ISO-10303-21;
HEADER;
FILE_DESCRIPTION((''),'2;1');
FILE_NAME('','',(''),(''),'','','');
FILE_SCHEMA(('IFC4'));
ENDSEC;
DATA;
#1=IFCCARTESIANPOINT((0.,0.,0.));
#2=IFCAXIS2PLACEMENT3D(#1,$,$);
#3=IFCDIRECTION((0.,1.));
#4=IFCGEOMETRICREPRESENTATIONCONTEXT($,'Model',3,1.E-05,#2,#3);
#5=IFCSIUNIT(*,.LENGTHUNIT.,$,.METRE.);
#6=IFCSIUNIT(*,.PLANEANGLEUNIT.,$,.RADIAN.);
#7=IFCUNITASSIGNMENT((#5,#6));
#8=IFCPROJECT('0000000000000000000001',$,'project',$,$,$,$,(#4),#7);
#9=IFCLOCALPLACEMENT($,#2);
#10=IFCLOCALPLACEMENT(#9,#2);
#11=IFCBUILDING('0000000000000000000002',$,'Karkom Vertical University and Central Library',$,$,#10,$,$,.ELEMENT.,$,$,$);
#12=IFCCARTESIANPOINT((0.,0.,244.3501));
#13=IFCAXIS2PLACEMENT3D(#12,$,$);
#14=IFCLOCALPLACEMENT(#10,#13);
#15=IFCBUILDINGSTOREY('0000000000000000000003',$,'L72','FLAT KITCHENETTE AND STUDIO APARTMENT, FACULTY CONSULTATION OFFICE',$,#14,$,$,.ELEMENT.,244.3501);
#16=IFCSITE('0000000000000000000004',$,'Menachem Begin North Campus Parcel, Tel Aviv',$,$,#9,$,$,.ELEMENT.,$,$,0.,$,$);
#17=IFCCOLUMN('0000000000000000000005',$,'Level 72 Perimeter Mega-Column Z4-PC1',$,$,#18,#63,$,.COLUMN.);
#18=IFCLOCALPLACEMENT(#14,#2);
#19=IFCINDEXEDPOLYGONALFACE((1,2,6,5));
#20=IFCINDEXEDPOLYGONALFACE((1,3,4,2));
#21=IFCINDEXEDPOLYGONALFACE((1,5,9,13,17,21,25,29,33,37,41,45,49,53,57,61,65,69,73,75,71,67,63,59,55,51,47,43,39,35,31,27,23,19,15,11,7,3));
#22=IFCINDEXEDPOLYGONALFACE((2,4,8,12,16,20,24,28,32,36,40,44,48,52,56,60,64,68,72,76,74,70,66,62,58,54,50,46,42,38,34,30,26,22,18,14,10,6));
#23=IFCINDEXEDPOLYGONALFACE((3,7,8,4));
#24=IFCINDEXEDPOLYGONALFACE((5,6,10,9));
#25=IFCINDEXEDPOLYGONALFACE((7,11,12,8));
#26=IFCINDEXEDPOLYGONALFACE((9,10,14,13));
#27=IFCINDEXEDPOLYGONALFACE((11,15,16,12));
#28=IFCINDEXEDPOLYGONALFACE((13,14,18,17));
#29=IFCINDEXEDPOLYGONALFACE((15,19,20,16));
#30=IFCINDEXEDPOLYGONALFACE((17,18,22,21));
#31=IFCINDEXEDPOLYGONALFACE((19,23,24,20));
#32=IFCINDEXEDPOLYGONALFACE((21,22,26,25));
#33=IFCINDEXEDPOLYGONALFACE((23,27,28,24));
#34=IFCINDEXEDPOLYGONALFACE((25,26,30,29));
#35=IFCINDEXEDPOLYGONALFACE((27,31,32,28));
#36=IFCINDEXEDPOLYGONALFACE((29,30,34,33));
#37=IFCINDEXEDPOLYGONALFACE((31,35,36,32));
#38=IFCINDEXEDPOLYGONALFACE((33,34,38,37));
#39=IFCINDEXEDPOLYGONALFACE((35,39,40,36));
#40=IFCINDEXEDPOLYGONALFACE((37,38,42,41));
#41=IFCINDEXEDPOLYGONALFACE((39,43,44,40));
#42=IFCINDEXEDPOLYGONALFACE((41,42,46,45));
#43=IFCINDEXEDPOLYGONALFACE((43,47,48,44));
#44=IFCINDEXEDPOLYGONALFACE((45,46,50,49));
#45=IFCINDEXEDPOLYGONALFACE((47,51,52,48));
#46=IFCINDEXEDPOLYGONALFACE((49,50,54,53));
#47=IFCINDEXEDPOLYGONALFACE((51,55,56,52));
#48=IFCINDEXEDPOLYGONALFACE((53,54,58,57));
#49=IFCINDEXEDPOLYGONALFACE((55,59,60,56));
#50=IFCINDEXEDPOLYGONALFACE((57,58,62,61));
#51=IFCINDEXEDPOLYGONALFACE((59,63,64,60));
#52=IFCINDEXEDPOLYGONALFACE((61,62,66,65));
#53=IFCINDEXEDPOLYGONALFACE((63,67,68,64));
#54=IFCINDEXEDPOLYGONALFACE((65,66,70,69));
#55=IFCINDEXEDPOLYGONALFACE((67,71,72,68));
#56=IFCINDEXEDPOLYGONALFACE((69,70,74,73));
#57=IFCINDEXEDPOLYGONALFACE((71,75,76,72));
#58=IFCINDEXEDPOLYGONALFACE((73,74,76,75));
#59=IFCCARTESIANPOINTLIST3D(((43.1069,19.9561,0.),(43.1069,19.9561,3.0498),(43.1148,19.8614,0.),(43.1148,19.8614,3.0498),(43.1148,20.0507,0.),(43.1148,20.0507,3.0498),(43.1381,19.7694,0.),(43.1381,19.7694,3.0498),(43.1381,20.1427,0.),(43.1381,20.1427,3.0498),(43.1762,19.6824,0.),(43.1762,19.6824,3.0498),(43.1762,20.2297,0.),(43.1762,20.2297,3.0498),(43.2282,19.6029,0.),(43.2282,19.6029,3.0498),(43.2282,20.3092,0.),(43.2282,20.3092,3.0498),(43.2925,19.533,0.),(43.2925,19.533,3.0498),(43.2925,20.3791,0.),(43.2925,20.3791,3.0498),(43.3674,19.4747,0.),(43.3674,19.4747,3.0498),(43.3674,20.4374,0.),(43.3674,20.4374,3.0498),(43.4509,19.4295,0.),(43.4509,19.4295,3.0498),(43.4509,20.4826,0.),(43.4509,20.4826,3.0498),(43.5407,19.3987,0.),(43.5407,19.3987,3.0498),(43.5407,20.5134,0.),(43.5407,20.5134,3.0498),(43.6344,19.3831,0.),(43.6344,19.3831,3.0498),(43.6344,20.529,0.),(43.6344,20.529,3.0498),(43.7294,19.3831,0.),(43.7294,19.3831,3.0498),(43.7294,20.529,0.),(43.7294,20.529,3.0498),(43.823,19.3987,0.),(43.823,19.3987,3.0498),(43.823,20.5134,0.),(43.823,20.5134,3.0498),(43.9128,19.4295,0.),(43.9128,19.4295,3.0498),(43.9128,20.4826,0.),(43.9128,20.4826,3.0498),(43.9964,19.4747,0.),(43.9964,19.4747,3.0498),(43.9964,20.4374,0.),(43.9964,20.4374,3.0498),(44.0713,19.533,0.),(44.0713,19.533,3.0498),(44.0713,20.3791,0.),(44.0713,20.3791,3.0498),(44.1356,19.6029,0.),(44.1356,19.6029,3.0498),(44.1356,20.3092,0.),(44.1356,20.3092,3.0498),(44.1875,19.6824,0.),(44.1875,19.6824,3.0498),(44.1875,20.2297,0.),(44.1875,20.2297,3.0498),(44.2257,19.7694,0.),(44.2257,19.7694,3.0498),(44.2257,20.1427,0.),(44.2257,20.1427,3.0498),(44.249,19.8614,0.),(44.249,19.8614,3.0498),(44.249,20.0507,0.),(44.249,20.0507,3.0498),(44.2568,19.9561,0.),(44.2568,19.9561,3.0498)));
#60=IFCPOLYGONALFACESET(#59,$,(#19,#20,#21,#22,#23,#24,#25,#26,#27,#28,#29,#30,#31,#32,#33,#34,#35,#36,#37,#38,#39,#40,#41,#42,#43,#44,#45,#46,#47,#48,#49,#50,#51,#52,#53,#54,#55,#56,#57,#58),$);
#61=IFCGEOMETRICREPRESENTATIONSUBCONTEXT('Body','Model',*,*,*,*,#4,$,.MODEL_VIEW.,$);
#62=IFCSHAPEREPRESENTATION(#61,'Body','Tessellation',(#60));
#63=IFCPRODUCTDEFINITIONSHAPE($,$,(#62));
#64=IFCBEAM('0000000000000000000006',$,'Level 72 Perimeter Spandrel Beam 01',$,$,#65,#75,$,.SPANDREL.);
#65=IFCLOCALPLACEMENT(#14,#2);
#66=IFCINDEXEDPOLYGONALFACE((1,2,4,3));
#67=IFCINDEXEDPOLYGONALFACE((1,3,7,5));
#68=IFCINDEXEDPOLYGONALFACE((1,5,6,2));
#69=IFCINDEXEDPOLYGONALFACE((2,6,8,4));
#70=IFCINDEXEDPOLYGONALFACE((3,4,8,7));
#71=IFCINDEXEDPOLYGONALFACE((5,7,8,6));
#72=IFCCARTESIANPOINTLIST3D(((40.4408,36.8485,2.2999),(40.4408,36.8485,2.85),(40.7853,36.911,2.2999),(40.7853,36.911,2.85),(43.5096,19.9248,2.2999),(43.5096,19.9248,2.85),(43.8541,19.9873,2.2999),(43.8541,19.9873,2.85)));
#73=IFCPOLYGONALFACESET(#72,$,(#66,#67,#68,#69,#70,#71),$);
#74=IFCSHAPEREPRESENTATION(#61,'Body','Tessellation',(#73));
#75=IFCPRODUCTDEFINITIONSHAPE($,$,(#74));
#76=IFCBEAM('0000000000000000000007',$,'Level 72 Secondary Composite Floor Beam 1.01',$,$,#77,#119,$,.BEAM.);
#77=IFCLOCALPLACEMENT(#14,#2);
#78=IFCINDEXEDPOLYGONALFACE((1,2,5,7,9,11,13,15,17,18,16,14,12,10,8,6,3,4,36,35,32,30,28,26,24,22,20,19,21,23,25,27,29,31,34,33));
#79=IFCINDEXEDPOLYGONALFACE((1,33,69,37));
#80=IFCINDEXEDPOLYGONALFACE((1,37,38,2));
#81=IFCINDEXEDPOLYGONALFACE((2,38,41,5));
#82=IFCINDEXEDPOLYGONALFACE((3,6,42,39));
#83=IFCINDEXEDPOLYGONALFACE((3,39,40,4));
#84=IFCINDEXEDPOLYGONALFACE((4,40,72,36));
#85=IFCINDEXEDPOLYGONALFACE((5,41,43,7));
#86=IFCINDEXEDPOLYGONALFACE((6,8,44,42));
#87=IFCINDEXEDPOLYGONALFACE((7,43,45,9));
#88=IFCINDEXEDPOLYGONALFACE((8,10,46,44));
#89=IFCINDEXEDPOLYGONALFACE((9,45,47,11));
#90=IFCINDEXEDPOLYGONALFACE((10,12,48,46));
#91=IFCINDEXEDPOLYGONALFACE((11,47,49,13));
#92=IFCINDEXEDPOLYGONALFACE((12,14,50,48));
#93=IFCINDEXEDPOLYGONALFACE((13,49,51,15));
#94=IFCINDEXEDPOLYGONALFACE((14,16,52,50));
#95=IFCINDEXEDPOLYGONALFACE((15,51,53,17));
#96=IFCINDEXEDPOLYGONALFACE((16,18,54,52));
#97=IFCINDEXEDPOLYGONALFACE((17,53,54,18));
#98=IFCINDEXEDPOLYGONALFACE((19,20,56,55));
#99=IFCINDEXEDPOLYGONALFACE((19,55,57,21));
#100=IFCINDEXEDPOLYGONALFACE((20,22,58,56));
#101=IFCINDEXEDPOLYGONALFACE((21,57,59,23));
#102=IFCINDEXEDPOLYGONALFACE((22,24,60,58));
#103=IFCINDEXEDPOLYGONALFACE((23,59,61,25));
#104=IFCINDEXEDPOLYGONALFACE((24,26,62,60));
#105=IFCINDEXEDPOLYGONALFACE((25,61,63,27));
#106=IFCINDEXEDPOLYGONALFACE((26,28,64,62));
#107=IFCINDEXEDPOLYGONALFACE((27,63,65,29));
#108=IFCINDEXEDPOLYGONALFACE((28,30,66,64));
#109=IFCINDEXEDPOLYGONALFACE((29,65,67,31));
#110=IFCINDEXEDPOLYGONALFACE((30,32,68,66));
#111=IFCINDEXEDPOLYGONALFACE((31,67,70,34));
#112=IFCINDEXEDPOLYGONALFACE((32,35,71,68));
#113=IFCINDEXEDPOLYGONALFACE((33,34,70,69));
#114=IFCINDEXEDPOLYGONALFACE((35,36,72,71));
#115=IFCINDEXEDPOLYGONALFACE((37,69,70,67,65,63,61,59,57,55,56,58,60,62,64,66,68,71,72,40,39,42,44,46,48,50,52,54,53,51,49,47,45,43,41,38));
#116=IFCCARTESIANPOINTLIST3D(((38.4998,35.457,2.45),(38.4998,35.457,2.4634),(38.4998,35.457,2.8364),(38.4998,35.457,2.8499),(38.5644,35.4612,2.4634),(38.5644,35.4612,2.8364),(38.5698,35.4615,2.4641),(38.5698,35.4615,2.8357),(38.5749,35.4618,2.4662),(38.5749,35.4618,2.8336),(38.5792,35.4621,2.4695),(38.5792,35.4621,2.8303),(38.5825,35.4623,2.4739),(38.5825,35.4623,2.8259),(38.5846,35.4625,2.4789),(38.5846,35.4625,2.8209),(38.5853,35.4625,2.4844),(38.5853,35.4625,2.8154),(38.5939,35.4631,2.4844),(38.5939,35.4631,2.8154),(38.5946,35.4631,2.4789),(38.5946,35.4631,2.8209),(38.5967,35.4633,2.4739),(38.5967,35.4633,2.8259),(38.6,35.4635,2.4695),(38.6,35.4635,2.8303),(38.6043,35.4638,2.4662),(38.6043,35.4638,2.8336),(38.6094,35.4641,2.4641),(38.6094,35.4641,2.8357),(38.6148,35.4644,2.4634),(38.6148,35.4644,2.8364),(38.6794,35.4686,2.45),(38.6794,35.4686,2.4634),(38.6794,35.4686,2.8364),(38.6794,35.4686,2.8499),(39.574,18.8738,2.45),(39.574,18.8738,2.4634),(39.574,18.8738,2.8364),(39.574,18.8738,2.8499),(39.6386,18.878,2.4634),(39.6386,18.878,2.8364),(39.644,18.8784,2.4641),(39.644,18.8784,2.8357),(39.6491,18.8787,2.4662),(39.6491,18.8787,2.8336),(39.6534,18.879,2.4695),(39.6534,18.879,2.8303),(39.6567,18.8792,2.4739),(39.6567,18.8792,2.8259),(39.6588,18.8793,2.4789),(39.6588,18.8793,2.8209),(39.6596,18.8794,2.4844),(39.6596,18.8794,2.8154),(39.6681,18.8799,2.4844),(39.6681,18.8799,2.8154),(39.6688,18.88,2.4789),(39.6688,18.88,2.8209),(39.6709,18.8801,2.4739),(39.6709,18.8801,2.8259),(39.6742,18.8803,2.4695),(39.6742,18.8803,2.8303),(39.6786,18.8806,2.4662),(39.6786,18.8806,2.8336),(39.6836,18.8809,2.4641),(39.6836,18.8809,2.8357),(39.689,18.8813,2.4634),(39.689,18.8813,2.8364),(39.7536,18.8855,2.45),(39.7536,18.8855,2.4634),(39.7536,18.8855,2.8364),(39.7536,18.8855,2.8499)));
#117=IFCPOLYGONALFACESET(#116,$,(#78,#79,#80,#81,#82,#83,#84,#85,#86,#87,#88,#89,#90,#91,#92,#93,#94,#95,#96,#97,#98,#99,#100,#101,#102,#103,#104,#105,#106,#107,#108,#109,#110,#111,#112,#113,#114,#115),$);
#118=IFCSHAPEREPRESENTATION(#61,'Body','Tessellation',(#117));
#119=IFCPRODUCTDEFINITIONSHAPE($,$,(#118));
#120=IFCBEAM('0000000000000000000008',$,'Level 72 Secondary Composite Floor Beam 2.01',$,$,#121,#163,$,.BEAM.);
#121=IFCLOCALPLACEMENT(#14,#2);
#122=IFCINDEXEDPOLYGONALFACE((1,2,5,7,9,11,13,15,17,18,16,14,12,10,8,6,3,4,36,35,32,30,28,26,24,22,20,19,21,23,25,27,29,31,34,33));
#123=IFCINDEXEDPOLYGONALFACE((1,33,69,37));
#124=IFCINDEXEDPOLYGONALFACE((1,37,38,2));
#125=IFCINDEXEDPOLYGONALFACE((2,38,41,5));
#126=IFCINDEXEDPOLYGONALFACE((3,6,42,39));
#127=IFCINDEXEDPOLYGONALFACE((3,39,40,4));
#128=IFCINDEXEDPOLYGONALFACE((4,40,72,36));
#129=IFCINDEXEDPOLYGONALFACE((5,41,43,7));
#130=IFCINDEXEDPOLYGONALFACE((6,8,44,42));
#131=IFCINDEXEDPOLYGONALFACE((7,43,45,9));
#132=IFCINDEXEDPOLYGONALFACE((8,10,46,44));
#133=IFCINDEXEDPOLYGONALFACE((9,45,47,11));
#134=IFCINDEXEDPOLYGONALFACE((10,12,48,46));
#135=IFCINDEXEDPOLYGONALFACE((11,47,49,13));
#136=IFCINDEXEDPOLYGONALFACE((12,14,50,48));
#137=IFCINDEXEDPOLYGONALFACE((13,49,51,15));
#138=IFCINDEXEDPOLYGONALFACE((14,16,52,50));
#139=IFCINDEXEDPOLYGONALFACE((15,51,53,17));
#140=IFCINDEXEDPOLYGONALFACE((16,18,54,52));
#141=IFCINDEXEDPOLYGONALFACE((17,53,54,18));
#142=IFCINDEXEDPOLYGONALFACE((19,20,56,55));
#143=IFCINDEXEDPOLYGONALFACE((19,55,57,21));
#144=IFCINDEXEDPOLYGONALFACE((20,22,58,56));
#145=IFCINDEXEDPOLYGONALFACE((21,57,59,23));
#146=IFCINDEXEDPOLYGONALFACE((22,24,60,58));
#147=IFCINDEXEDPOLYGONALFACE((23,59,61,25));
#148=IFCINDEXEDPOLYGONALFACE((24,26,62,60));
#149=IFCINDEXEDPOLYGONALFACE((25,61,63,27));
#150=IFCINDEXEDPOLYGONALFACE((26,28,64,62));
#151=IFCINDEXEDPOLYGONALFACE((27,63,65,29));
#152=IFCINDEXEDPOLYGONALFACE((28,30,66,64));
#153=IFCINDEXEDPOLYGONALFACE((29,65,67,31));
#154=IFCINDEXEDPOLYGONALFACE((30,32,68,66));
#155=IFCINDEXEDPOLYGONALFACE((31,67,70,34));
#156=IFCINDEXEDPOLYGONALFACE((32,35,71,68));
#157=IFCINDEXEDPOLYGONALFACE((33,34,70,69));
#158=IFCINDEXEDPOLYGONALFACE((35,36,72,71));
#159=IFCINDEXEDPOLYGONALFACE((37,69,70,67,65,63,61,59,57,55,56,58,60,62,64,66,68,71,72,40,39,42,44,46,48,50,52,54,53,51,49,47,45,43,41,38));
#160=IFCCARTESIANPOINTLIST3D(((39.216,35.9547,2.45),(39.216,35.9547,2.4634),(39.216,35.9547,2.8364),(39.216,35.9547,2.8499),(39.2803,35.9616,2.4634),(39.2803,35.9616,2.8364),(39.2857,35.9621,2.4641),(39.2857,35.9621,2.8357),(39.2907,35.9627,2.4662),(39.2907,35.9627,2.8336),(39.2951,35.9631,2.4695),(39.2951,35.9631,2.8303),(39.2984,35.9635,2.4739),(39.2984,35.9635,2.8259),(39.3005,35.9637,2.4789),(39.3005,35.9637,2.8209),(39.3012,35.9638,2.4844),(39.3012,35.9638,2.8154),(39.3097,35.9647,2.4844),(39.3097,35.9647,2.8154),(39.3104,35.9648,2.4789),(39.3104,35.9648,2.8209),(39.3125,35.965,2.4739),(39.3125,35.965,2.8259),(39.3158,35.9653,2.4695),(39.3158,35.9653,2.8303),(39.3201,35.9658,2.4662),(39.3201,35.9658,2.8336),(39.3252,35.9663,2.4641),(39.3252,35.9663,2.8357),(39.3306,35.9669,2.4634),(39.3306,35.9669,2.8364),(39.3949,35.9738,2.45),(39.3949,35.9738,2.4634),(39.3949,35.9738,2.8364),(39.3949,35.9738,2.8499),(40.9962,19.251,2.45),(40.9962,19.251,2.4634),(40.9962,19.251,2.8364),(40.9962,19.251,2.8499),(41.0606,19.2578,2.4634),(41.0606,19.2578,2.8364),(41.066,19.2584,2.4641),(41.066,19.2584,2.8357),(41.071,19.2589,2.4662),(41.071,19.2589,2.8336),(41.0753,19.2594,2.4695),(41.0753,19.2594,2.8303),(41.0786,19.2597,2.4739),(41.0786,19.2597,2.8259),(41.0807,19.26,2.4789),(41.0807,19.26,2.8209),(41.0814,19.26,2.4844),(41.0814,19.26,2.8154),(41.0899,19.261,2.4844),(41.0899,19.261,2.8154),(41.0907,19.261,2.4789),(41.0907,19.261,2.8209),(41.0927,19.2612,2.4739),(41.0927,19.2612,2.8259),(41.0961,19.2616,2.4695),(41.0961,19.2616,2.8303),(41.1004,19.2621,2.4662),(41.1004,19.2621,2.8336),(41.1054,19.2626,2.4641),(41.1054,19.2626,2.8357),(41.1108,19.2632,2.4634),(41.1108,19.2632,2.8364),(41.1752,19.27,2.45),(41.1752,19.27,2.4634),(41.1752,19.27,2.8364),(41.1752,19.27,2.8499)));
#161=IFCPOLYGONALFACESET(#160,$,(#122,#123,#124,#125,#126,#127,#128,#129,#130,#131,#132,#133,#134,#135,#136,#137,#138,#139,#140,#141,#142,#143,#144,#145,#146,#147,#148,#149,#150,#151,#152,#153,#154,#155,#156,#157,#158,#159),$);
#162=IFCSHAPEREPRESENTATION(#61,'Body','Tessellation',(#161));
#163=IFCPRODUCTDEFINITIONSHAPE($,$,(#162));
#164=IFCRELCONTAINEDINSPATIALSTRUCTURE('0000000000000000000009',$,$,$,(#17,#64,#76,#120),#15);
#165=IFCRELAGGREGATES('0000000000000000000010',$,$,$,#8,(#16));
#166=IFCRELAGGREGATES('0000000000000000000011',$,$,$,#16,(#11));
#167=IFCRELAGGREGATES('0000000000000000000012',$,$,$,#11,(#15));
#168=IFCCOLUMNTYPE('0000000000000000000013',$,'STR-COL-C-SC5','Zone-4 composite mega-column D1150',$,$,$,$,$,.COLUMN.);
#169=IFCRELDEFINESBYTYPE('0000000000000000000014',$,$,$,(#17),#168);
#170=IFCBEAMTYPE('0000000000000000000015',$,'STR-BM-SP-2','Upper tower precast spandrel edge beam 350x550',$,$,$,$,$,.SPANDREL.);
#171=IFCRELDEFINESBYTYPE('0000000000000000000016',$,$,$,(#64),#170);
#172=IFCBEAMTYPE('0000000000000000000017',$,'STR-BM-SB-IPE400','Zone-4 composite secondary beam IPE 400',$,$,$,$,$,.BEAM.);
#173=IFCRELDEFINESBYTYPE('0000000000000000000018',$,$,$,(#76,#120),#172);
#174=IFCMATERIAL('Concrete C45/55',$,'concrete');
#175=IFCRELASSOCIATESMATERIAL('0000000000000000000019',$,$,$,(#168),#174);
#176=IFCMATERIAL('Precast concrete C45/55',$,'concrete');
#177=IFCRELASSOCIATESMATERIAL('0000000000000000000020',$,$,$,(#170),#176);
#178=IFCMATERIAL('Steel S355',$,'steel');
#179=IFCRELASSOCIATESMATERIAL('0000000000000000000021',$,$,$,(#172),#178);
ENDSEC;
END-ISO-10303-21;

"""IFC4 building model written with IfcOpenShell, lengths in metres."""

from ifc_helpers import new_model, si_unit, direction, frame, origin, origin_with_axes, origin_2d, place, context, subcontext, project, spatial, rectangle, circle, i_section, extrude, source, transform, mapped, material, material_profile, profile_set, type_object, element, save


model = new_model("IFC4")

# Units and contexts
model_context = context("Model", 3, precision=1e-05, world=origin(), true_north=direction((0.0, 1.0)))
body_context = subcontext(model_context, "Body", "Model", "MODEL_VIEW")
ifc_project = project(units=[si_unit("LENGTHUNIT", "METRE"), si_unit("PLANEANGLEUNIT", "RADIAN")], contexts=[model_context])

# Site, building, storey
site_placement = place(None, origin())
site = spatial("IfcSite", under=ifc_project, at=site_placement, Name="Menachem Begin North Campus Parcel, Tel Aviv", CompositionType="ELEMENT", RefElevation=0.0)
building_placement = place(site_placement, origin())
building = spatial("IfcBuilding", under=site, at=building_placement, Name="Karkom Vertical University and Central Library", CompositionType="ELEMENT")
storey_placement = place(building_placement, frame((0.0, 0.0, 244.3501)))
storey = spatial("IfcBuildingStorey", under=building, at=storey_placement, Name="L72", Description="FLAT KITCHENETTE AND STUDIO APARTMENT, FACULTY CONSULTATION OFFICE", CompositionType="ELEMENT", Elevation=244.3501)

# Column
ifc_material_1 = material(Name="Concrete C45/55", Category="concrete")
ifc_material_profile_1 = material_profile(ifc_material_1, circle(Radius=0.575, at=origin_2d()), Name="CFT-D1150")
ifc_profile_set_1 = profile_set([ifc_material_profile_1], Name="Concrete C45/55")
column_type = type_object("IfcColumnType", Name="STR-COL-C-SC5", Description="Zone-4 composite mega-column D1150", PredefinedType="COLUMN", material=ifc_profile_set_1)
shared_shape_1 = source(origin_with_axes(), body_context, "Body", "SweptSolid", [
    extrude(circle(Radius=0.575, at=origin_2d()), origin(), (0.0, 0.0, 1.0), 3.0498),
])
column_placement = place(storey_placement, frame((43.6819, 19.9561, 0.0), z_axis=(0.0, 0.0, 1.0), x_axis=(1.0, 0.0, 0.0)))
element("IfcColumn", 1, at=column_placement, inside=storey, type_object=column_type, Name="Level 72 Perimeter Mega-Column Z4-PC1", PredefinedType="COLUMN", context=body_context, shape_type="MappedRepresentation", body=[
    mapped(shared_shape_1, transform((0.0, 0.0, 0.0), scale=1.0)),
])

# Beams
ifc_material_2 = material(Name="Precast concrete C45/55", Category="concrete")
ifc_material_profile_2 = material_profile(ifc_material_2, rectangle(XDim=0.3501, YDim=0.55, at=origin_2d()), Name="SPB-350x550")
ifc_profile_set_2 = profile_set([ifc_material_profile_2], Name="Precast concrete C45/55")
beam_type_1 = type_object("IfcBeamType", Name="STR-BM-SP-2", Description="Upper tower precast spandrel edge beam 350x550", PredefinedType="SPANDREL", material=ifc_profile_set_2)
shared_shape_2 = source(origin_with_axes(), body_context, "Body", "SweptSolid", [
    extrude(rectangle(XDim=0.3501, YDim=0.55, at=origin_2d()), origin(), (0.0, 0.0, 1.0), 17.1997),
])
beam_1_placement = place(storey_placement, frame((43.6819, 19.9561, 2.575), z_axis=(-0.178423, 0.983954, 0.0), x_axis=(-0.983954, -0.178423, 0.0)))
element("IfcBeam", 2, at=beam_1_placement, inside=storey, type_object=beam_type_1, Name="Level 72 Perimeter Spandrel Beam 01", PredefinedType="SPANDREL", context=body_context, shape_type="MappedRepresentation", body=[
    mapped(shared_shape_2, transform((0.0, 0.0, 0.0), scale=1.0)),
])
ifc_material_3 = material(Name="Steel S355", Category="steel")
ifc_material_profile_3 = material_profile(ifc_material_3, i_section(OverallWidth=0.1799, OverallDepth=0.3999, WebThickness=0.0085, FlangeThickness=0.0134, FilletRadius=0.021, at=origin_2d()), Name="IPE 400")
ifc_profile_set_3 = profile_set([ifc_material_profile_3], Name="Steel S355")
beam_type_2 = type_object("IfcBeamType", Name="STR-BM-SB-IPE400", Description="Zone-4 composite secondary beam IPE 400", PredefinedType="BEAM", material=ifc_profile_set_3)
shared_shape_3 = source(origin_with_axes(), body_context, "Body", "SweptSolid", [
    extrude(i_section(OverallWidth=0.1799, OverallDepth=0.3999, WebThickness=0.0085, FlangeThickness=0.0134, FilletRadius=0.021, at=origin_2d()), origin(), (0.0, 0.0, 1.0), 16.6179),
])
beam_2_placement = place(storey_placement, frame((39.6638, 18.8796, 2.6499), z_axis=(-0.064642, 0.997909, 0.0), x_axis=(-0.997909, -0.064642, 0.0)))
element("IfcBeam", 3, at=beam_2_placement, inside=storey, type_object=beam_type_2, Name="Level 72 Secondary Composite Floor Beam 1.01", PredefinedType="BEAM", context=body_context, shape_type="MappedRepresentation", body=[
    mapped(shared_shape_3, transform((0.0, 0.0, 0.0), scale=1.0)),
])
shared_shape_4 = source(origin_with_axes(), body_context, "Body", "SweptSolid", [
    extrude(i_section(OverallWidth=0.1799, OverallDepth=0.3999, WebThickness=0.0085, FlangeThickness=0.0134, FilletRadius=0.021, at=origin_2d()), origin(), (0.0, 0.0, 1.0), 16.7983),
])
beam_3_placement = place(storey_placement, frame((41.0857, 19.2605, 2.6499), z_axis=(-0.105978, 0.994368, 0.0), x_axis=(-0.994368, -0.105978, 0.0)))
element("IfcBeam", 4, at=beam_3_placement, inside=storey, type_object=beam_type_2, Name="Level 72 Secondary Composite Floor Beam 2.01", PredefinedType="BEAM", context=body_context, shape_type="MappedRepresentation", body=[
    mapped(shared_shape_4, transform((0.0, 0.0, 0.0), scale=1.0)),
])

save(model, "model.ifc")
